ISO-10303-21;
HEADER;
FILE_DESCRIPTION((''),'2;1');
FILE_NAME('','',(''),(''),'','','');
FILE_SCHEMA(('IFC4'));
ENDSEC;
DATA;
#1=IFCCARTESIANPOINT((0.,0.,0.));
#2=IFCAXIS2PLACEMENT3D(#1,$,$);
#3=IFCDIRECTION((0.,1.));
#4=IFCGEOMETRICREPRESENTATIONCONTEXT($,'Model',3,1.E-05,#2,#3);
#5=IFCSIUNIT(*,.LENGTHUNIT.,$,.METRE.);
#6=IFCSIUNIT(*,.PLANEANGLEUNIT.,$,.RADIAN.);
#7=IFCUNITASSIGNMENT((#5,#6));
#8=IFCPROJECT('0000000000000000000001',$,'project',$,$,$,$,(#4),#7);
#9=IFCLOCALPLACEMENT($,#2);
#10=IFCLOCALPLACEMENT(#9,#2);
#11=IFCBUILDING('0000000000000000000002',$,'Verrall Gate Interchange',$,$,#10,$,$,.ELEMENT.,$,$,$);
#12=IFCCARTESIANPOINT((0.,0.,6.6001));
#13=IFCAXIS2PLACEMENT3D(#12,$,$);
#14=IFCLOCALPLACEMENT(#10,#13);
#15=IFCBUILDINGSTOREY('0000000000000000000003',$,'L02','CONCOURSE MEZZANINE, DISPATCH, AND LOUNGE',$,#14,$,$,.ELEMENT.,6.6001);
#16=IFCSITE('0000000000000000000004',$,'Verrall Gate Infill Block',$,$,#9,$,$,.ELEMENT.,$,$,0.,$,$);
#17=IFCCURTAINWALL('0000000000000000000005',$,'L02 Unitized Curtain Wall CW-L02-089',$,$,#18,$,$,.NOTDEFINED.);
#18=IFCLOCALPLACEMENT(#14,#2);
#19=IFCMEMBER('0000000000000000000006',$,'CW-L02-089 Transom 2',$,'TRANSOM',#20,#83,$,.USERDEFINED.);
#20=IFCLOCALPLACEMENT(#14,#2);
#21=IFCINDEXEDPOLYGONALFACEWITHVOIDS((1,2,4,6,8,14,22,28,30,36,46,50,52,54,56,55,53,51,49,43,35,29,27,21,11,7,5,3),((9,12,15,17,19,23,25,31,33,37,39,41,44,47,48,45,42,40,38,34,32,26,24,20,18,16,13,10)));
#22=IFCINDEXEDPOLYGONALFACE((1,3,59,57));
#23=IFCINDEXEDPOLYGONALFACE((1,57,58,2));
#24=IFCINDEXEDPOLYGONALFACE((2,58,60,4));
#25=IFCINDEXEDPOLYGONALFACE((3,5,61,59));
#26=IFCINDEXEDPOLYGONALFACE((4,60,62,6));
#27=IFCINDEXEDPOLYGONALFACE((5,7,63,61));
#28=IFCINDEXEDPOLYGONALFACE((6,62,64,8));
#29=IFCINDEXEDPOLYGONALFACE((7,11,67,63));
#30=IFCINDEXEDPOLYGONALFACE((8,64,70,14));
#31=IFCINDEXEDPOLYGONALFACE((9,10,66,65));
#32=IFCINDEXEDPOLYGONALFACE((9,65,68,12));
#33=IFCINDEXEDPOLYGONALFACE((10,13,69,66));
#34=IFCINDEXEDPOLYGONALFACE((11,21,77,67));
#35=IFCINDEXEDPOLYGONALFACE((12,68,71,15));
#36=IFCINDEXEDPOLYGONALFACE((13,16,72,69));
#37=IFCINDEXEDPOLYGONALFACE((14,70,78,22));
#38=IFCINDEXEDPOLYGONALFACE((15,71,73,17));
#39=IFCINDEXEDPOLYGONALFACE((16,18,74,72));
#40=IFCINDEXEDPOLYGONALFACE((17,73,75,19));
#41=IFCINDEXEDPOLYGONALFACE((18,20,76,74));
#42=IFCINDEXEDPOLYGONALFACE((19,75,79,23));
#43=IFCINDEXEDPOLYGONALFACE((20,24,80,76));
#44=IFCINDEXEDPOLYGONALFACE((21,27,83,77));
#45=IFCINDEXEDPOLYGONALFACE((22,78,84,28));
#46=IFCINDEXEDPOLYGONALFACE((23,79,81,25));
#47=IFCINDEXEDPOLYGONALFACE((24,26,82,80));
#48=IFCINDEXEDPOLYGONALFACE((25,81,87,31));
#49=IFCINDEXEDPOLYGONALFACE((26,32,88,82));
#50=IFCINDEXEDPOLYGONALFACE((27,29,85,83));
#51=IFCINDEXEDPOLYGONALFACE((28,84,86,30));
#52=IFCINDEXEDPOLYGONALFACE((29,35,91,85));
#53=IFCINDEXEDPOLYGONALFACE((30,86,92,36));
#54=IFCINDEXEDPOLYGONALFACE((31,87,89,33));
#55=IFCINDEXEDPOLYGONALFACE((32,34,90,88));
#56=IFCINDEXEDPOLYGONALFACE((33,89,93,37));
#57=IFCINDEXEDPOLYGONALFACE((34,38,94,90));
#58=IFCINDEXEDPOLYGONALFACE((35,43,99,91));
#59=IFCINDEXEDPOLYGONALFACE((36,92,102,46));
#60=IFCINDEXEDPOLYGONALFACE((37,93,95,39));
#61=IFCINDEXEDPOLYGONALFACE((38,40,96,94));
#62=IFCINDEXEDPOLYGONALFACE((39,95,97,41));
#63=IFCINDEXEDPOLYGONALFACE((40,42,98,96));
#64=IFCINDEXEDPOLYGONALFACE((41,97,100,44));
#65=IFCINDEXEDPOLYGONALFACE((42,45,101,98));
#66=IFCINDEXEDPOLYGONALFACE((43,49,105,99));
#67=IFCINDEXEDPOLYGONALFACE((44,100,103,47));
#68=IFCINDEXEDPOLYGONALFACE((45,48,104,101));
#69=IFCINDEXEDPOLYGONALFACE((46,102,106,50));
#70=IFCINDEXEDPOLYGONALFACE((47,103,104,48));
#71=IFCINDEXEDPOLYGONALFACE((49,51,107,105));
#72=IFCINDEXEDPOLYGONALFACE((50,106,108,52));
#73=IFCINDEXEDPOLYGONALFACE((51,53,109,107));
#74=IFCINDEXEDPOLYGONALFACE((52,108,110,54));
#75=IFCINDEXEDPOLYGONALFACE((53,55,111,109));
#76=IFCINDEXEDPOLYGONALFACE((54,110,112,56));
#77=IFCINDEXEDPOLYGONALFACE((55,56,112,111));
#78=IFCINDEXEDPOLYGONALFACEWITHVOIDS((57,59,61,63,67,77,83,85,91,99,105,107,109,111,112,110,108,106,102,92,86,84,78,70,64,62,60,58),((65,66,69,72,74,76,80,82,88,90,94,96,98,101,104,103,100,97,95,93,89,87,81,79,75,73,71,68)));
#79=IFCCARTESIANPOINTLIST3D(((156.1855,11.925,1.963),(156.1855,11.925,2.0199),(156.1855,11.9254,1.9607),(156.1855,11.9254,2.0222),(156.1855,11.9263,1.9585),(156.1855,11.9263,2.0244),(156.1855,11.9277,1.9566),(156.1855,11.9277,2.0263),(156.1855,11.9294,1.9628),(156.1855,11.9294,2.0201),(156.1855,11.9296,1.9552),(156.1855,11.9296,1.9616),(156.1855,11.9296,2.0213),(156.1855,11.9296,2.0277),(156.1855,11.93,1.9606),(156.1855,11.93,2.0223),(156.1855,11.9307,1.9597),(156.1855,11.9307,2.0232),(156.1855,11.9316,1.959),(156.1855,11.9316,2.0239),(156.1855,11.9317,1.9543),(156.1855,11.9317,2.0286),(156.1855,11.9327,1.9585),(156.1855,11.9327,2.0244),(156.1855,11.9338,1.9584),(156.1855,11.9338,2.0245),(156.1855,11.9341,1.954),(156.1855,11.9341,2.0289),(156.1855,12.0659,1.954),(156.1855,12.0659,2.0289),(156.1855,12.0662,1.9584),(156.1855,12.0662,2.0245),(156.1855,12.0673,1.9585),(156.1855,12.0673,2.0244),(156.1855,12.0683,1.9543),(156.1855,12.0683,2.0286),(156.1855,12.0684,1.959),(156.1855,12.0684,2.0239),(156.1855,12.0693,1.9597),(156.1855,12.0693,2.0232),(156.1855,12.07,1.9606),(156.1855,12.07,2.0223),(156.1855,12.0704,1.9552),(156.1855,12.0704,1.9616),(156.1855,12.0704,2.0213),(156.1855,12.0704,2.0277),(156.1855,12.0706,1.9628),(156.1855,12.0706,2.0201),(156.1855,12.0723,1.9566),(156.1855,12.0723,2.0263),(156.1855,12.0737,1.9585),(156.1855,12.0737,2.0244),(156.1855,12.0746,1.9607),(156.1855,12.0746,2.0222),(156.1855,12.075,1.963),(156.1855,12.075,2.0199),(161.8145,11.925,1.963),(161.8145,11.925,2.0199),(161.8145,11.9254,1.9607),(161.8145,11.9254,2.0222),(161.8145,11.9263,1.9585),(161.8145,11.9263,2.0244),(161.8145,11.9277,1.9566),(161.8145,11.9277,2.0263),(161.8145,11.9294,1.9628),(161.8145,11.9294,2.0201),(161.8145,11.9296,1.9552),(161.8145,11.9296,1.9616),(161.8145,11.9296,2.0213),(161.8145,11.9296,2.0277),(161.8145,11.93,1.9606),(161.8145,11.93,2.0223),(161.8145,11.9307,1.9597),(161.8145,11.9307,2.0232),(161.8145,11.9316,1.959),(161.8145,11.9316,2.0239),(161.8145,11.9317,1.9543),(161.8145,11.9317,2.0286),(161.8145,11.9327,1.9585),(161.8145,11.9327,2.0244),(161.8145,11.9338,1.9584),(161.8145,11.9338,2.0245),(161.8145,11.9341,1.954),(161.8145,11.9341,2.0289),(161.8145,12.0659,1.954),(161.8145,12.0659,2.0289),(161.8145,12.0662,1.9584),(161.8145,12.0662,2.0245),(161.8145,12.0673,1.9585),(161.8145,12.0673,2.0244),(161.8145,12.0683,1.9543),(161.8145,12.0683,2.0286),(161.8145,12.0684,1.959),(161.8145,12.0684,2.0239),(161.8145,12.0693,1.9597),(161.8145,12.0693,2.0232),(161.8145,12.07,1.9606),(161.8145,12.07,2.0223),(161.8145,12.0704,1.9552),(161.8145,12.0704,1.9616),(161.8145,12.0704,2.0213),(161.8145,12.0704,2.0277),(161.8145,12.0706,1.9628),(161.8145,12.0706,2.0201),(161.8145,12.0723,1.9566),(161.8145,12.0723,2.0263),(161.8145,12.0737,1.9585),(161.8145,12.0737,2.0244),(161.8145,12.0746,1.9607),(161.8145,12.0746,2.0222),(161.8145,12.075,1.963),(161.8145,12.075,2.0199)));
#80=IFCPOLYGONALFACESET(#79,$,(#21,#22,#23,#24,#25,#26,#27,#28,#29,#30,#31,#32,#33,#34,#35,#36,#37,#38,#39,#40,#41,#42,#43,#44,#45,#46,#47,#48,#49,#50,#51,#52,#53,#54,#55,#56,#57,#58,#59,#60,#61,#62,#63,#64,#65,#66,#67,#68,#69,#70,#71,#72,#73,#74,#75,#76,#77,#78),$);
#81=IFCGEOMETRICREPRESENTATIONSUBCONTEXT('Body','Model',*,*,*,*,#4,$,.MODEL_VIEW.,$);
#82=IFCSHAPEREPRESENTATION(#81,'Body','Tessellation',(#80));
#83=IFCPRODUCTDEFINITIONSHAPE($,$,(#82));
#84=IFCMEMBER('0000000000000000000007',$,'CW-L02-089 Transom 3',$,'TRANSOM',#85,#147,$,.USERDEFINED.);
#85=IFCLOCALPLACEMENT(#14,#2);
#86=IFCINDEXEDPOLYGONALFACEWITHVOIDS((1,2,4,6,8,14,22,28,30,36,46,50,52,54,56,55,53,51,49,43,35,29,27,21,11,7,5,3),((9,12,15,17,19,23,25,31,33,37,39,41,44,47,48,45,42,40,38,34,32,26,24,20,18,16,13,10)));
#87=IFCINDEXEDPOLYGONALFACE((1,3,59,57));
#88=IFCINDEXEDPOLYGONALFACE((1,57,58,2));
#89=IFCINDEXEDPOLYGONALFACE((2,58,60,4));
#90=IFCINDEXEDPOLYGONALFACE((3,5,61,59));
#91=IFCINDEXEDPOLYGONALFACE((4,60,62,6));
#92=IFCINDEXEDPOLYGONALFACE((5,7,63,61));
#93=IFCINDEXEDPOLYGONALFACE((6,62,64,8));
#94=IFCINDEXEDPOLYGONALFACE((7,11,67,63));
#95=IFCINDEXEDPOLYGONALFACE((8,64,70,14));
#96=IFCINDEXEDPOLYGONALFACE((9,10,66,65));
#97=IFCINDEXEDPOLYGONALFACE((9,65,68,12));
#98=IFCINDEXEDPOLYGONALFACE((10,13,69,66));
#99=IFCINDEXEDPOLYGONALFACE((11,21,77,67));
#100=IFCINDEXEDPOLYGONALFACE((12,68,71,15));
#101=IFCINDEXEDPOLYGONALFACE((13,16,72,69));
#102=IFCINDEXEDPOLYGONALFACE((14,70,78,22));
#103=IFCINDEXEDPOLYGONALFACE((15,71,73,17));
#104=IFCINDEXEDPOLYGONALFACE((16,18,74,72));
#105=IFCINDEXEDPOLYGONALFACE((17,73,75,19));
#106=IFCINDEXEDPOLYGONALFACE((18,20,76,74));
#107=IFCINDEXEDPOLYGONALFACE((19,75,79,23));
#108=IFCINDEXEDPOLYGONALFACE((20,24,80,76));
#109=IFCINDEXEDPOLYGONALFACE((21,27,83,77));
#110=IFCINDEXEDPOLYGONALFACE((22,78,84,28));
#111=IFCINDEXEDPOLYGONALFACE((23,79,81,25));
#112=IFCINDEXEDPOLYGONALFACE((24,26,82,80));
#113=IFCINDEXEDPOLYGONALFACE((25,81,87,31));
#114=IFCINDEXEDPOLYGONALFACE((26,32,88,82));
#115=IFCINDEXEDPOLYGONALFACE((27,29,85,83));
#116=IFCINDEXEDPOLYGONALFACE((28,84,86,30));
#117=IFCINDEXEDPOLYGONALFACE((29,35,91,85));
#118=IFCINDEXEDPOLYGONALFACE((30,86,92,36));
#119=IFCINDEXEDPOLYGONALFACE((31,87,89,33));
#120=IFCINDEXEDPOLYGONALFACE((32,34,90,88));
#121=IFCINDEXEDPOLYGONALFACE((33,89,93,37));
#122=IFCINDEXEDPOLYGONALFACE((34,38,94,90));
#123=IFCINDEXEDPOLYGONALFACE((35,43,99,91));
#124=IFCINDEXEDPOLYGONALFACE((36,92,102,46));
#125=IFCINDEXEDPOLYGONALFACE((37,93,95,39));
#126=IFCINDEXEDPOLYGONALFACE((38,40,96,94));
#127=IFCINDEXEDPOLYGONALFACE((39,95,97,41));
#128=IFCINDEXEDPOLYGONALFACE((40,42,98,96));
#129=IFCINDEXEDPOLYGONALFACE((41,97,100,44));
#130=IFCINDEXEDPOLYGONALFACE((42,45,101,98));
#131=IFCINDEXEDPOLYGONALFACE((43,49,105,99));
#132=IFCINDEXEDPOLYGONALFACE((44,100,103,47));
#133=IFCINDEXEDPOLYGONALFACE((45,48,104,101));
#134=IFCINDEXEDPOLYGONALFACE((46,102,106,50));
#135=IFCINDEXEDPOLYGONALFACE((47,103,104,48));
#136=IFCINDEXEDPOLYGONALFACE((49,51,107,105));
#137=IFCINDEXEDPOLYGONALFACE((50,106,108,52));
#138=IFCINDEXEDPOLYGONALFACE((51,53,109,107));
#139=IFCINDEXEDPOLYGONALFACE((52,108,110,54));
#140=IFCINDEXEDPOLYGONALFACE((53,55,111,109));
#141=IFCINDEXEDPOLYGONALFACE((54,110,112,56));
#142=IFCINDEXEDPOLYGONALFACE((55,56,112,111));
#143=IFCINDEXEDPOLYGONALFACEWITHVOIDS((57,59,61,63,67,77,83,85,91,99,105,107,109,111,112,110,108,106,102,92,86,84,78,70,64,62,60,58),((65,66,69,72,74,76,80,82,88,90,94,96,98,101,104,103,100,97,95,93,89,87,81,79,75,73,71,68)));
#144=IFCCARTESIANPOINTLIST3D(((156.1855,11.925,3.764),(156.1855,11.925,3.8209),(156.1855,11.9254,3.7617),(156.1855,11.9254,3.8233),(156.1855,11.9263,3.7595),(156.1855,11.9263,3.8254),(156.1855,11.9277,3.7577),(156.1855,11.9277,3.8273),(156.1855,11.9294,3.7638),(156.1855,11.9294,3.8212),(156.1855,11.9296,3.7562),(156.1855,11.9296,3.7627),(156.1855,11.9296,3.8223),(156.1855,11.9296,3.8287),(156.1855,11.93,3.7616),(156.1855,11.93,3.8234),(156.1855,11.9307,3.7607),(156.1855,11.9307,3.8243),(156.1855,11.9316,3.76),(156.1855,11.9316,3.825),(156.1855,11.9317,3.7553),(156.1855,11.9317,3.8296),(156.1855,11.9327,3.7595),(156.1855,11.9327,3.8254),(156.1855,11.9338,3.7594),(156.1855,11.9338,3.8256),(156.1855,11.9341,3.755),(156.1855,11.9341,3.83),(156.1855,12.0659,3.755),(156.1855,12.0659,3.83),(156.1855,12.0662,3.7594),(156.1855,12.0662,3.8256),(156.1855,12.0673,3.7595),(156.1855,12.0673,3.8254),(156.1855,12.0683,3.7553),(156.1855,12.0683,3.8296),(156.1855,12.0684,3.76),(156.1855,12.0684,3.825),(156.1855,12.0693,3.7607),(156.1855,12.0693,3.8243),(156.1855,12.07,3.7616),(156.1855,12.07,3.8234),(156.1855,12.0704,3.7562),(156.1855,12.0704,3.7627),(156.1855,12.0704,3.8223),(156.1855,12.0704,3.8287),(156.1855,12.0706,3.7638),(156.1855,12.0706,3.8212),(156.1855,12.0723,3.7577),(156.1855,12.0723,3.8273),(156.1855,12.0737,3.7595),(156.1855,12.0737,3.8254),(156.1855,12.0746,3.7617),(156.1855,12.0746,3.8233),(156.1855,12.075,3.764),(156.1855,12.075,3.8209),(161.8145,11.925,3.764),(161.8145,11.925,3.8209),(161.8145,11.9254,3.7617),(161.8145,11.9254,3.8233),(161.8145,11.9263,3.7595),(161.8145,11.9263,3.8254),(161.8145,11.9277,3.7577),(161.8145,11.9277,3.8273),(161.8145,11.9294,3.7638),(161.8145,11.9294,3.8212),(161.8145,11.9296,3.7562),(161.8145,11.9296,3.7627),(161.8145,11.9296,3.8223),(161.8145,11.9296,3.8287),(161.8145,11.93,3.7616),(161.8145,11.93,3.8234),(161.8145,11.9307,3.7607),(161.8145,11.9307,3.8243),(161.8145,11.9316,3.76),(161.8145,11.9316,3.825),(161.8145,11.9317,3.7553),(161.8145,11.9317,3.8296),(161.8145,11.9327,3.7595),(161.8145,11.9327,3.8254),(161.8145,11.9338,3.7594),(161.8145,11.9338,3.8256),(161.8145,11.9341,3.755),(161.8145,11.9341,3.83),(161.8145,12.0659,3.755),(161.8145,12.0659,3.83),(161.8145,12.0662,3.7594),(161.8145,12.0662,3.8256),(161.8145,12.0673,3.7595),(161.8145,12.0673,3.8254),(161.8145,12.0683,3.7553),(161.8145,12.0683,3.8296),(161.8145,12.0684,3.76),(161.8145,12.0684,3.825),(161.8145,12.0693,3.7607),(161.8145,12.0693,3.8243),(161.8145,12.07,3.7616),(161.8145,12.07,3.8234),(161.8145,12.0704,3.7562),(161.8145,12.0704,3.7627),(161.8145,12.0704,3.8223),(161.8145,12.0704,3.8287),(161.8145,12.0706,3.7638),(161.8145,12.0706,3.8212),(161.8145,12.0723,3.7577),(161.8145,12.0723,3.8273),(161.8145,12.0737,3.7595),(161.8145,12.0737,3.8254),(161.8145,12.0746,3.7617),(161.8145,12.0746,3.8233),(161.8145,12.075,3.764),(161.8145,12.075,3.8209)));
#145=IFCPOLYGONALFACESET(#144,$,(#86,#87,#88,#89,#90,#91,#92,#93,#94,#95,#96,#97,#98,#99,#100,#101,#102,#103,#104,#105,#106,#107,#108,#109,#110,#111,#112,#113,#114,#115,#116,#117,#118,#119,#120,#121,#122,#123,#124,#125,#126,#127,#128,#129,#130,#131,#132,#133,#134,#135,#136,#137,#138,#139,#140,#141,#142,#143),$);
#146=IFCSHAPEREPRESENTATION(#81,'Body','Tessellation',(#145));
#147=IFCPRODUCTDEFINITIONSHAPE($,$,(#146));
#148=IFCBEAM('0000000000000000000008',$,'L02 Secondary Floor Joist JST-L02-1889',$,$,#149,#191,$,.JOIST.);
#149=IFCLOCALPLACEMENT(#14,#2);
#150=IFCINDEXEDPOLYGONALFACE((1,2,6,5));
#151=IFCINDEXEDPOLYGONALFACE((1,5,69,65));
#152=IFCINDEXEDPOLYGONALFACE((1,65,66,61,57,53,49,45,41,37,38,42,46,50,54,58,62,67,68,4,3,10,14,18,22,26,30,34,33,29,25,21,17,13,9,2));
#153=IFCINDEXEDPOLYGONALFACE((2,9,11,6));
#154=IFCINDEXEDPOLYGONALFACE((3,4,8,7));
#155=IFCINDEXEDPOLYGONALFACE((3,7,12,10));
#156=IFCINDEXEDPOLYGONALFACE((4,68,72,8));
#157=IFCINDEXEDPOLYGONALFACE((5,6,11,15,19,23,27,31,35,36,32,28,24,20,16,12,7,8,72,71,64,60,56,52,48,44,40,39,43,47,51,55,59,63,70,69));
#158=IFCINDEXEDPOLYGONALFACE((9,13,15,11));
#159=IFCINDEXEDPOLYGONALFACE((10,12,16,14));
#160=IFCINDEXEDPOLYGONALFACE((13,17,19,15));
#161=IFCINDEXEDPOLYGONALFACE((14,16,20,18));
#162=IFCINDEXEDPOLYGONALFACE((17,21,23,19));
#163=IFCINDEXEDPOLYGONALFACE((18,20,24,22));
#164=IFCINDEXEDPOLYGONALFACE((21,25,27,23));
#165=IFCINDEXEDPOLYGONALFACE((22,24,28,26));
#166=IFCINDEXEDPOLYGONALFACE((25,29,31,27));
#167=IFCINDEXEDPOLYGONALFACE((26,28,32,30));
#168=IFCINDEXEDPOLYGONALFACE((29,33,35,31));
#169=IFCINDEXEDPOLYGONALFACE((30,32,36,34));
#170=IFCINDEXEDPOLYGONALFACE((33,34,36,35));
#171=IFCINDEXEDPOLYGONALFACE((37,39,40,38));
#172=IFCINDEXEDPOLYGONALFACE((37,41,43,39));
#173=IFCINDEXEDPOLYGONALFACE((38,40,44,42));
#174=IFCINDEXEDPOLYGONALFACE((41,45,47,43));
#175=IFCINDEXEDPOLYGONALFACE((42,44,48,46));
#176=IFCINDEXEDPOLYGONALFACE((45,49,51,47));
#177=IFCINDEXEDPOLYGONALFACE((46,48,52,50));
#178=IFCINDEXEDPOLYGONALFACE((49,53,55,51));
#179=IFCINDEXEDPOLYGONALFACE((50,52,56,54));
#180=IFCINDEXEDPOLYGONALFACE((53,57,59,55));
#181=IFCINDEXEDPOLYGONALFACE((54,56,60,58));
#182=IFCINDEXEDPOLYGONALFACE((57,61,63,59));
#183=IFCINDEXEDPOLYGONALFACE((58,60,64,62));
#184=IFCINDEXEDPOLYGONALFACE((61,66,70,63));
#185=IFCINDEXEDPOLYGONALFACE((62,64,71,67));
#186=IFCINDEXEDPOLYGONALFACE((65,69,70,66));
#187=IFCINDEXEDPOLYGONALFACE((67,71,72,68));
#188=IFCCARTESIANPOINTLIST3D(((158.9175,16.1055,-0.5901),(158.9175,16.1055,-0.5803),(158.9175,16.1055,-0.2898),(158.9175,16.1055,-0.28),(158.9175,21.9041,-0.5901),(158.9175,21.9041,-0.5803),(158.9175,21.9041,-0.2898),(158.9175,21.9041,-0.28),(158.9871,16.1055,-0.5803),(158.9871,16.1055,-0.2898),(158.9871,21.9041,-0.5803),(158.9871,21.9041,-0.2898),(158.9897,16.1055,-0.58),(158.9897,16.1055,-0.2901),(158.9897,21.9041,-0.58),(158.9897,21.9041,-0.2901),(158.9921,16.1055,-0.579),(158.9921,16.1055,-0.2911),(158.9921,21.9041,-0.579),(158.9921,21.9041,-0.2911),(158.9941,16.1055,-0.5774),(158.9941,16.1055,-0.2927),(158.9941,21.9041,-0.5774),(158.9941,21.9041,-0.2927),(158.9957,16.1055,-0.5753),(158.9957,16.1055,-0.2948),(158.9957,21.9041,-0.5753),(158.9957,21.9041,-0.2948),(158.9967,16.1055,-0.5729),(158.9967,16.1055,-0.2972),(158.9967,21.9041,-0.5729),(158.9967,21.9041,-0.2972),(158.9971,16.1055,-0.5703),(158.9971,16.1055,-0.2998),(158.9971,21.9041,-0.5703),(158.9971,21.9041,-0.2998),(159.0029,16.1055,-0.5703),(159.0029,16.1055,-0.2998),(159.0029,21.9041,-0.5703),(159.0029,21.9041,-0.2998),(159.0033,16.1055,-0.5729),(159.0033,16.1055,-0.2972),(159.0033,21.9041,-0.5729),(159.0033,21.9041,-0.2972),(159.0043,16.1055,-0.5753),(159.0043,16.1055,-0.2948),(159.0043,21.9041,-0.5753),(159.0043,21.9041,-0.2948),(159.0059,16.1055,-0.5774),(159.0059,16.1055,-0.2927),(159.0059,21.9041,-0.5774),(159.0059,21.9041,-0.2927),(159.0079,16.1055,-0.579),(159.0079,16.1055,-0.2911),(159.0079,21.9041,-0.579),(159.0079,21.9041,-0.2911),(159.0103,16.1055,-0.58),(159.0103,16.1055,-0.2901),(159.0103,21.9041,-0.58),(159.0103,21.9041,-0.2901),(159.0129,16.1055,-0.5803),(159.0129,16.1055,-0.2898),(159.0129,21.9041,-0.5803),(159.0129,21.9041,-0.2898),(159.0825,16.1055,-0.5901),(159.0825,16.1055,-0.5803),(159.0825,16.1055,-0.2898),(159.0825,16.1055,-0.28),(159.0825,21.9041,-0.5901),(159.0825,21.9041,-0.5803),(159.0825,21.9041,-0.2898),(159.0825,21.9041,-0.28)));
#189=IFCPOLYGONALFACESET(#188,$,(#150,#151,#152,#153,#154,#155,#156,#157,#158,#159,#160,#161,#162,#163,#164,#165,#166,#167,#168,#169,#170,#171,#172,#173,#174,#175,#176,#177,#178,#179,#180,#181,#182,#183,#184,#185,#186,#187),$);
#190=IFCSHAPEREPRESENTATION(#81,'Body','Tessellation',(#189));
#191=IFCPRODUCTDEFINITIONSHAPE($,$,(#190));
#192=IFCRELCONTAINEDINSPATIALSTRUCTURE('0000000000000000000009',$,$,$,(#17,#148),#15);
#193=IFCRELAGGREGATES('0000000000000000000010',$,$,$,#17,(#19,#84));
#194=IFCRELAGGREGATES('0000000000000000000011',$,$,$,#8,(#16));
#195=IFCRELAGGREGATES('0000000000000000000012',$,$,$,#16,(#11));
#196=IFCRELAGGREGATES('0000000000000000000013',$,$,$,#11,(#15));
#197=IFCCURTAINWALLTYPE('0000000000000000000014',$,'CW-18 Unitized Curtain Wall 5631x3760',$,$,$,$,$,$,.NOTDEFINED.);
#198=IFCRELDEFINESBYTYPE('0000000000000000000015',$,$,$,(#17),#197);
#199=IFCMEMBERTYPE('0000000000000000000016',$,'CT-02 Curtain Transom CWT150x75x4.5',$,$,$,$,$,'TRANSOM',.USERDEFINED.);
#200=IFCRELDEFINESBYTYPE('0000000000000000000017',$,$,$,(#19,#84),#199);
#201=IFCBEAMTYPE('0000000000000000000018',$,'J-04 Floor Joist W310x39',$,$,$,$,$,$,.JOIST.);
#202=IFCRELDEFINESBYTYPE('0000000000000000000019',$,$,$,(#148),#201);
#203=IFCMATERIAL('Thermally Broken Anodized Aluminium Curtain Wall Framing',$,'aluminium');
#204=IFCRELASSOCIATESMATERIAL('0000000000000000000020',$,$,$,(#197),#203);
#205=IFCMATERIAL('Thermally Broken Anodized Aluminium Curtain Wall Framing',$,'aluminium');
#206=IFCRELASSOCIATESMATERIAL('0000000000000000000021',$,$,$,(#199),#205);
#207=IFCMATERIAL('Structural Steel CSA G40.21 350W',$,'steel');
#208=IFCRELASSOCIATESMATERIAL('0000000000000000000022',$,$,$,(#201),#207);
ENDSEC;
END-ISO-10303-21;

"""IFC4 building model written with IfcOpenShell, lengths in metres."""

from ifc_helpers import new_model, si_unit, direction, frame, origin, origin_2d, place, context, subcontext, project, spatial, hollow_rectangle, i_section, extrude, material, material_profile, profile_set, type_object, element, aggregate, save


model = new_model("IFC4")

# Units and contexts
model_context = context("Model", 3, precision=1e-05, world=origin(), true_north=direction((0.0, 1.0)))
body_context = subcontext(model_context, "Body", "Model", "MODEL_VIEW")
ifc_project = project(units=[si_unit("LENGTHUNIT", "METRE"), si_unit("PLANEANGLEUNIT", "RADIAN")], contexts=[model_context])

# Site, building, storey
site_placement = place(None, origin())
site = spatial("IfcSite", under=ifc_project, at=site_placement, Name="Verrall Gate Infill Block", CompositionType="ELEMENT", RefElevation=0.0)
building_placement = place(site_placement, origin())
building = spatial("IfcBuilding", under=site, at=building_placement, Name="Verrall Gate Interchange", CompositionType="ELEMENT")
storey_placement = place(building_placement, frame((0.0, 0.0, 6.6001)))
storey = spatial("IfcBuildingStorey", under=building, at=storey_placement, Name="L02", Description="CONCOURSE MEZZANINE, DISPATCH, AND LOUNGE", CompositionType="ELEMENT", Elevation=6.6001)

# Curtain wall
ifc_material_1 = material(Name="Thermally Broken Anodized Aluminium Curtain Wall Framing", Category="aluminium")
curtain_wall_type_1 = type_object("IfcCurtainWallType", Name="CW-18 Unitized Curtain Wall 5631x3760", PredefinedType="NOTDEFINED", material=ifc_material_1)
curtain_wall_1_placement = place(storey_placement, origin())
curtain_wall_1 = element("IfcCurtainWall", 1, at=curtain_wall_1_placement, inside=storey, type_object=curtain_wall_type_1, Name="L02 Unitized Curtain Wall CW-L02-089", PredefinedType="NOTDEFINED")

# Members
ifc_material_2 = material(Name="Thermally Broken Anodized Aluminium Curtain Wall Framing", Category="aluminium")
ifc_material_profile_1 = material_profile(ifc_material_2, hollow_rectangle(XDim=0.1499, YDim=0.075, WallThickness=0.0044, InnerFilletRadius=0.0044, OuterFilletRadius=0.009, at=origin_2d()), Name="CWT150x75x4.5")
ifc_profile_set_1 = profile_set([ifc_material_profile_1], Name="Thermally Broken Anodized Aluminium Curtain Wall Framing")
member_type_1 = type_object("IfcMemberType", Name="CT-02 Curtain Transom CWT150x75x4.5", ElementType="TRANSOM", PredefinedType="USERDEFINED", material=ifc_profile_set_1)
member_1_placement = place(storey_placement, frame((156.1855, 12.0, 1.9915), z_axis=(1.0, 0.0, 0.0), x_axis=(0.0, 1.0, 0.0)))
member_1 = element("IfcMember", 2, at=member_1_placement, type_object=member_type_1, Name="CW-L02-089 Transom 2", ObjectType="TRANSOM", PredefinedType="USERDEFINED", context=body_context, shape_type="SweptSolid", body=[
    extrude(hollow_rectangle(XDim=0.1499, YDim=0.075, WallThickness=0.0044, InnerFilletRadius=0.0044, OuterFilletRadius=0.009, at=origin_2d()), origin(), (0.0, 0.0, 1.0), 5.6289),
])
member_2_placement = place(storey_placement, frame((156.1855, 12.0, 3.7925), z_axis=(1.0, 0.0, 0.0), x_axis=(0.0, 1.0, 0.0)))
member_2 = element("IfcMember", 3, at=member_2_placement, type_object=member_type_1, Name="CW-L02-089 Transom 3", ObjectType="TRANSOM", PredefinedType="USERDEFINED", context=body_context, shape_type="SweptSolid", body=[
    extrude(hollow_rectangle(XDim=0.1499, YDim=0.075, WallThickness=0.0044, InnerFilletRadius=0.0044, OuterFilletRadius=0.009, at=origin_2d()), origin(), (0.0, 0.0, 1.0), 5.6289),
])

# Beam
ifc_material_3 = material(Name="Structural Steel CSA G40.21 350W", Category="steel")
ifc_material_profile_2 = material_profile(ifc_material_3, i_section(OverallWidth=0.165, OverallDepth=0.3101, WebThickness=0.0059, FlangeThickness=0.0098, FilletRadius=0.01, at=origin_2d()), Name="W310x39")
ifc_profile_set_2 = profile_set([ifc_material_profile_2], Name="Structural Steel CSA G40.21 350W")
beam_type_1 = type_object("IfcBeamType", Name="J-04 Floor Joist W310x39", PredefinedType="JOIST", material=ifc_profile_set_2)
beam_1_placement = place(storey_placement, frame((159.0, 16.1055, -0.4351), z_axis=(0.0, 1.0, 0.0), x_axis=(-1.0, 0.0, 0.0)))
element("IfcBeam", 4, at=beam_1_placement, inside=storey, type_object=beam_type_1, Name="L02 Secondary Floor Joist JST-L02-1889", PredefinedType="JOIST", context=body_context, shape_type="SweptSolid", body=[
    extrude(i_section(OverallWidth=0.165, OverallDepth=0.3101, WebThickness=0.0059, FlangeThickness=0.0098, FilletRadius=0.01, at=origin_2d()), origin(), (0.0, 0.0, 1.0), 5.7986),
])

aggregate(curtain_wall_1, [member_1, member_2])

save(model, "model.ifc")
